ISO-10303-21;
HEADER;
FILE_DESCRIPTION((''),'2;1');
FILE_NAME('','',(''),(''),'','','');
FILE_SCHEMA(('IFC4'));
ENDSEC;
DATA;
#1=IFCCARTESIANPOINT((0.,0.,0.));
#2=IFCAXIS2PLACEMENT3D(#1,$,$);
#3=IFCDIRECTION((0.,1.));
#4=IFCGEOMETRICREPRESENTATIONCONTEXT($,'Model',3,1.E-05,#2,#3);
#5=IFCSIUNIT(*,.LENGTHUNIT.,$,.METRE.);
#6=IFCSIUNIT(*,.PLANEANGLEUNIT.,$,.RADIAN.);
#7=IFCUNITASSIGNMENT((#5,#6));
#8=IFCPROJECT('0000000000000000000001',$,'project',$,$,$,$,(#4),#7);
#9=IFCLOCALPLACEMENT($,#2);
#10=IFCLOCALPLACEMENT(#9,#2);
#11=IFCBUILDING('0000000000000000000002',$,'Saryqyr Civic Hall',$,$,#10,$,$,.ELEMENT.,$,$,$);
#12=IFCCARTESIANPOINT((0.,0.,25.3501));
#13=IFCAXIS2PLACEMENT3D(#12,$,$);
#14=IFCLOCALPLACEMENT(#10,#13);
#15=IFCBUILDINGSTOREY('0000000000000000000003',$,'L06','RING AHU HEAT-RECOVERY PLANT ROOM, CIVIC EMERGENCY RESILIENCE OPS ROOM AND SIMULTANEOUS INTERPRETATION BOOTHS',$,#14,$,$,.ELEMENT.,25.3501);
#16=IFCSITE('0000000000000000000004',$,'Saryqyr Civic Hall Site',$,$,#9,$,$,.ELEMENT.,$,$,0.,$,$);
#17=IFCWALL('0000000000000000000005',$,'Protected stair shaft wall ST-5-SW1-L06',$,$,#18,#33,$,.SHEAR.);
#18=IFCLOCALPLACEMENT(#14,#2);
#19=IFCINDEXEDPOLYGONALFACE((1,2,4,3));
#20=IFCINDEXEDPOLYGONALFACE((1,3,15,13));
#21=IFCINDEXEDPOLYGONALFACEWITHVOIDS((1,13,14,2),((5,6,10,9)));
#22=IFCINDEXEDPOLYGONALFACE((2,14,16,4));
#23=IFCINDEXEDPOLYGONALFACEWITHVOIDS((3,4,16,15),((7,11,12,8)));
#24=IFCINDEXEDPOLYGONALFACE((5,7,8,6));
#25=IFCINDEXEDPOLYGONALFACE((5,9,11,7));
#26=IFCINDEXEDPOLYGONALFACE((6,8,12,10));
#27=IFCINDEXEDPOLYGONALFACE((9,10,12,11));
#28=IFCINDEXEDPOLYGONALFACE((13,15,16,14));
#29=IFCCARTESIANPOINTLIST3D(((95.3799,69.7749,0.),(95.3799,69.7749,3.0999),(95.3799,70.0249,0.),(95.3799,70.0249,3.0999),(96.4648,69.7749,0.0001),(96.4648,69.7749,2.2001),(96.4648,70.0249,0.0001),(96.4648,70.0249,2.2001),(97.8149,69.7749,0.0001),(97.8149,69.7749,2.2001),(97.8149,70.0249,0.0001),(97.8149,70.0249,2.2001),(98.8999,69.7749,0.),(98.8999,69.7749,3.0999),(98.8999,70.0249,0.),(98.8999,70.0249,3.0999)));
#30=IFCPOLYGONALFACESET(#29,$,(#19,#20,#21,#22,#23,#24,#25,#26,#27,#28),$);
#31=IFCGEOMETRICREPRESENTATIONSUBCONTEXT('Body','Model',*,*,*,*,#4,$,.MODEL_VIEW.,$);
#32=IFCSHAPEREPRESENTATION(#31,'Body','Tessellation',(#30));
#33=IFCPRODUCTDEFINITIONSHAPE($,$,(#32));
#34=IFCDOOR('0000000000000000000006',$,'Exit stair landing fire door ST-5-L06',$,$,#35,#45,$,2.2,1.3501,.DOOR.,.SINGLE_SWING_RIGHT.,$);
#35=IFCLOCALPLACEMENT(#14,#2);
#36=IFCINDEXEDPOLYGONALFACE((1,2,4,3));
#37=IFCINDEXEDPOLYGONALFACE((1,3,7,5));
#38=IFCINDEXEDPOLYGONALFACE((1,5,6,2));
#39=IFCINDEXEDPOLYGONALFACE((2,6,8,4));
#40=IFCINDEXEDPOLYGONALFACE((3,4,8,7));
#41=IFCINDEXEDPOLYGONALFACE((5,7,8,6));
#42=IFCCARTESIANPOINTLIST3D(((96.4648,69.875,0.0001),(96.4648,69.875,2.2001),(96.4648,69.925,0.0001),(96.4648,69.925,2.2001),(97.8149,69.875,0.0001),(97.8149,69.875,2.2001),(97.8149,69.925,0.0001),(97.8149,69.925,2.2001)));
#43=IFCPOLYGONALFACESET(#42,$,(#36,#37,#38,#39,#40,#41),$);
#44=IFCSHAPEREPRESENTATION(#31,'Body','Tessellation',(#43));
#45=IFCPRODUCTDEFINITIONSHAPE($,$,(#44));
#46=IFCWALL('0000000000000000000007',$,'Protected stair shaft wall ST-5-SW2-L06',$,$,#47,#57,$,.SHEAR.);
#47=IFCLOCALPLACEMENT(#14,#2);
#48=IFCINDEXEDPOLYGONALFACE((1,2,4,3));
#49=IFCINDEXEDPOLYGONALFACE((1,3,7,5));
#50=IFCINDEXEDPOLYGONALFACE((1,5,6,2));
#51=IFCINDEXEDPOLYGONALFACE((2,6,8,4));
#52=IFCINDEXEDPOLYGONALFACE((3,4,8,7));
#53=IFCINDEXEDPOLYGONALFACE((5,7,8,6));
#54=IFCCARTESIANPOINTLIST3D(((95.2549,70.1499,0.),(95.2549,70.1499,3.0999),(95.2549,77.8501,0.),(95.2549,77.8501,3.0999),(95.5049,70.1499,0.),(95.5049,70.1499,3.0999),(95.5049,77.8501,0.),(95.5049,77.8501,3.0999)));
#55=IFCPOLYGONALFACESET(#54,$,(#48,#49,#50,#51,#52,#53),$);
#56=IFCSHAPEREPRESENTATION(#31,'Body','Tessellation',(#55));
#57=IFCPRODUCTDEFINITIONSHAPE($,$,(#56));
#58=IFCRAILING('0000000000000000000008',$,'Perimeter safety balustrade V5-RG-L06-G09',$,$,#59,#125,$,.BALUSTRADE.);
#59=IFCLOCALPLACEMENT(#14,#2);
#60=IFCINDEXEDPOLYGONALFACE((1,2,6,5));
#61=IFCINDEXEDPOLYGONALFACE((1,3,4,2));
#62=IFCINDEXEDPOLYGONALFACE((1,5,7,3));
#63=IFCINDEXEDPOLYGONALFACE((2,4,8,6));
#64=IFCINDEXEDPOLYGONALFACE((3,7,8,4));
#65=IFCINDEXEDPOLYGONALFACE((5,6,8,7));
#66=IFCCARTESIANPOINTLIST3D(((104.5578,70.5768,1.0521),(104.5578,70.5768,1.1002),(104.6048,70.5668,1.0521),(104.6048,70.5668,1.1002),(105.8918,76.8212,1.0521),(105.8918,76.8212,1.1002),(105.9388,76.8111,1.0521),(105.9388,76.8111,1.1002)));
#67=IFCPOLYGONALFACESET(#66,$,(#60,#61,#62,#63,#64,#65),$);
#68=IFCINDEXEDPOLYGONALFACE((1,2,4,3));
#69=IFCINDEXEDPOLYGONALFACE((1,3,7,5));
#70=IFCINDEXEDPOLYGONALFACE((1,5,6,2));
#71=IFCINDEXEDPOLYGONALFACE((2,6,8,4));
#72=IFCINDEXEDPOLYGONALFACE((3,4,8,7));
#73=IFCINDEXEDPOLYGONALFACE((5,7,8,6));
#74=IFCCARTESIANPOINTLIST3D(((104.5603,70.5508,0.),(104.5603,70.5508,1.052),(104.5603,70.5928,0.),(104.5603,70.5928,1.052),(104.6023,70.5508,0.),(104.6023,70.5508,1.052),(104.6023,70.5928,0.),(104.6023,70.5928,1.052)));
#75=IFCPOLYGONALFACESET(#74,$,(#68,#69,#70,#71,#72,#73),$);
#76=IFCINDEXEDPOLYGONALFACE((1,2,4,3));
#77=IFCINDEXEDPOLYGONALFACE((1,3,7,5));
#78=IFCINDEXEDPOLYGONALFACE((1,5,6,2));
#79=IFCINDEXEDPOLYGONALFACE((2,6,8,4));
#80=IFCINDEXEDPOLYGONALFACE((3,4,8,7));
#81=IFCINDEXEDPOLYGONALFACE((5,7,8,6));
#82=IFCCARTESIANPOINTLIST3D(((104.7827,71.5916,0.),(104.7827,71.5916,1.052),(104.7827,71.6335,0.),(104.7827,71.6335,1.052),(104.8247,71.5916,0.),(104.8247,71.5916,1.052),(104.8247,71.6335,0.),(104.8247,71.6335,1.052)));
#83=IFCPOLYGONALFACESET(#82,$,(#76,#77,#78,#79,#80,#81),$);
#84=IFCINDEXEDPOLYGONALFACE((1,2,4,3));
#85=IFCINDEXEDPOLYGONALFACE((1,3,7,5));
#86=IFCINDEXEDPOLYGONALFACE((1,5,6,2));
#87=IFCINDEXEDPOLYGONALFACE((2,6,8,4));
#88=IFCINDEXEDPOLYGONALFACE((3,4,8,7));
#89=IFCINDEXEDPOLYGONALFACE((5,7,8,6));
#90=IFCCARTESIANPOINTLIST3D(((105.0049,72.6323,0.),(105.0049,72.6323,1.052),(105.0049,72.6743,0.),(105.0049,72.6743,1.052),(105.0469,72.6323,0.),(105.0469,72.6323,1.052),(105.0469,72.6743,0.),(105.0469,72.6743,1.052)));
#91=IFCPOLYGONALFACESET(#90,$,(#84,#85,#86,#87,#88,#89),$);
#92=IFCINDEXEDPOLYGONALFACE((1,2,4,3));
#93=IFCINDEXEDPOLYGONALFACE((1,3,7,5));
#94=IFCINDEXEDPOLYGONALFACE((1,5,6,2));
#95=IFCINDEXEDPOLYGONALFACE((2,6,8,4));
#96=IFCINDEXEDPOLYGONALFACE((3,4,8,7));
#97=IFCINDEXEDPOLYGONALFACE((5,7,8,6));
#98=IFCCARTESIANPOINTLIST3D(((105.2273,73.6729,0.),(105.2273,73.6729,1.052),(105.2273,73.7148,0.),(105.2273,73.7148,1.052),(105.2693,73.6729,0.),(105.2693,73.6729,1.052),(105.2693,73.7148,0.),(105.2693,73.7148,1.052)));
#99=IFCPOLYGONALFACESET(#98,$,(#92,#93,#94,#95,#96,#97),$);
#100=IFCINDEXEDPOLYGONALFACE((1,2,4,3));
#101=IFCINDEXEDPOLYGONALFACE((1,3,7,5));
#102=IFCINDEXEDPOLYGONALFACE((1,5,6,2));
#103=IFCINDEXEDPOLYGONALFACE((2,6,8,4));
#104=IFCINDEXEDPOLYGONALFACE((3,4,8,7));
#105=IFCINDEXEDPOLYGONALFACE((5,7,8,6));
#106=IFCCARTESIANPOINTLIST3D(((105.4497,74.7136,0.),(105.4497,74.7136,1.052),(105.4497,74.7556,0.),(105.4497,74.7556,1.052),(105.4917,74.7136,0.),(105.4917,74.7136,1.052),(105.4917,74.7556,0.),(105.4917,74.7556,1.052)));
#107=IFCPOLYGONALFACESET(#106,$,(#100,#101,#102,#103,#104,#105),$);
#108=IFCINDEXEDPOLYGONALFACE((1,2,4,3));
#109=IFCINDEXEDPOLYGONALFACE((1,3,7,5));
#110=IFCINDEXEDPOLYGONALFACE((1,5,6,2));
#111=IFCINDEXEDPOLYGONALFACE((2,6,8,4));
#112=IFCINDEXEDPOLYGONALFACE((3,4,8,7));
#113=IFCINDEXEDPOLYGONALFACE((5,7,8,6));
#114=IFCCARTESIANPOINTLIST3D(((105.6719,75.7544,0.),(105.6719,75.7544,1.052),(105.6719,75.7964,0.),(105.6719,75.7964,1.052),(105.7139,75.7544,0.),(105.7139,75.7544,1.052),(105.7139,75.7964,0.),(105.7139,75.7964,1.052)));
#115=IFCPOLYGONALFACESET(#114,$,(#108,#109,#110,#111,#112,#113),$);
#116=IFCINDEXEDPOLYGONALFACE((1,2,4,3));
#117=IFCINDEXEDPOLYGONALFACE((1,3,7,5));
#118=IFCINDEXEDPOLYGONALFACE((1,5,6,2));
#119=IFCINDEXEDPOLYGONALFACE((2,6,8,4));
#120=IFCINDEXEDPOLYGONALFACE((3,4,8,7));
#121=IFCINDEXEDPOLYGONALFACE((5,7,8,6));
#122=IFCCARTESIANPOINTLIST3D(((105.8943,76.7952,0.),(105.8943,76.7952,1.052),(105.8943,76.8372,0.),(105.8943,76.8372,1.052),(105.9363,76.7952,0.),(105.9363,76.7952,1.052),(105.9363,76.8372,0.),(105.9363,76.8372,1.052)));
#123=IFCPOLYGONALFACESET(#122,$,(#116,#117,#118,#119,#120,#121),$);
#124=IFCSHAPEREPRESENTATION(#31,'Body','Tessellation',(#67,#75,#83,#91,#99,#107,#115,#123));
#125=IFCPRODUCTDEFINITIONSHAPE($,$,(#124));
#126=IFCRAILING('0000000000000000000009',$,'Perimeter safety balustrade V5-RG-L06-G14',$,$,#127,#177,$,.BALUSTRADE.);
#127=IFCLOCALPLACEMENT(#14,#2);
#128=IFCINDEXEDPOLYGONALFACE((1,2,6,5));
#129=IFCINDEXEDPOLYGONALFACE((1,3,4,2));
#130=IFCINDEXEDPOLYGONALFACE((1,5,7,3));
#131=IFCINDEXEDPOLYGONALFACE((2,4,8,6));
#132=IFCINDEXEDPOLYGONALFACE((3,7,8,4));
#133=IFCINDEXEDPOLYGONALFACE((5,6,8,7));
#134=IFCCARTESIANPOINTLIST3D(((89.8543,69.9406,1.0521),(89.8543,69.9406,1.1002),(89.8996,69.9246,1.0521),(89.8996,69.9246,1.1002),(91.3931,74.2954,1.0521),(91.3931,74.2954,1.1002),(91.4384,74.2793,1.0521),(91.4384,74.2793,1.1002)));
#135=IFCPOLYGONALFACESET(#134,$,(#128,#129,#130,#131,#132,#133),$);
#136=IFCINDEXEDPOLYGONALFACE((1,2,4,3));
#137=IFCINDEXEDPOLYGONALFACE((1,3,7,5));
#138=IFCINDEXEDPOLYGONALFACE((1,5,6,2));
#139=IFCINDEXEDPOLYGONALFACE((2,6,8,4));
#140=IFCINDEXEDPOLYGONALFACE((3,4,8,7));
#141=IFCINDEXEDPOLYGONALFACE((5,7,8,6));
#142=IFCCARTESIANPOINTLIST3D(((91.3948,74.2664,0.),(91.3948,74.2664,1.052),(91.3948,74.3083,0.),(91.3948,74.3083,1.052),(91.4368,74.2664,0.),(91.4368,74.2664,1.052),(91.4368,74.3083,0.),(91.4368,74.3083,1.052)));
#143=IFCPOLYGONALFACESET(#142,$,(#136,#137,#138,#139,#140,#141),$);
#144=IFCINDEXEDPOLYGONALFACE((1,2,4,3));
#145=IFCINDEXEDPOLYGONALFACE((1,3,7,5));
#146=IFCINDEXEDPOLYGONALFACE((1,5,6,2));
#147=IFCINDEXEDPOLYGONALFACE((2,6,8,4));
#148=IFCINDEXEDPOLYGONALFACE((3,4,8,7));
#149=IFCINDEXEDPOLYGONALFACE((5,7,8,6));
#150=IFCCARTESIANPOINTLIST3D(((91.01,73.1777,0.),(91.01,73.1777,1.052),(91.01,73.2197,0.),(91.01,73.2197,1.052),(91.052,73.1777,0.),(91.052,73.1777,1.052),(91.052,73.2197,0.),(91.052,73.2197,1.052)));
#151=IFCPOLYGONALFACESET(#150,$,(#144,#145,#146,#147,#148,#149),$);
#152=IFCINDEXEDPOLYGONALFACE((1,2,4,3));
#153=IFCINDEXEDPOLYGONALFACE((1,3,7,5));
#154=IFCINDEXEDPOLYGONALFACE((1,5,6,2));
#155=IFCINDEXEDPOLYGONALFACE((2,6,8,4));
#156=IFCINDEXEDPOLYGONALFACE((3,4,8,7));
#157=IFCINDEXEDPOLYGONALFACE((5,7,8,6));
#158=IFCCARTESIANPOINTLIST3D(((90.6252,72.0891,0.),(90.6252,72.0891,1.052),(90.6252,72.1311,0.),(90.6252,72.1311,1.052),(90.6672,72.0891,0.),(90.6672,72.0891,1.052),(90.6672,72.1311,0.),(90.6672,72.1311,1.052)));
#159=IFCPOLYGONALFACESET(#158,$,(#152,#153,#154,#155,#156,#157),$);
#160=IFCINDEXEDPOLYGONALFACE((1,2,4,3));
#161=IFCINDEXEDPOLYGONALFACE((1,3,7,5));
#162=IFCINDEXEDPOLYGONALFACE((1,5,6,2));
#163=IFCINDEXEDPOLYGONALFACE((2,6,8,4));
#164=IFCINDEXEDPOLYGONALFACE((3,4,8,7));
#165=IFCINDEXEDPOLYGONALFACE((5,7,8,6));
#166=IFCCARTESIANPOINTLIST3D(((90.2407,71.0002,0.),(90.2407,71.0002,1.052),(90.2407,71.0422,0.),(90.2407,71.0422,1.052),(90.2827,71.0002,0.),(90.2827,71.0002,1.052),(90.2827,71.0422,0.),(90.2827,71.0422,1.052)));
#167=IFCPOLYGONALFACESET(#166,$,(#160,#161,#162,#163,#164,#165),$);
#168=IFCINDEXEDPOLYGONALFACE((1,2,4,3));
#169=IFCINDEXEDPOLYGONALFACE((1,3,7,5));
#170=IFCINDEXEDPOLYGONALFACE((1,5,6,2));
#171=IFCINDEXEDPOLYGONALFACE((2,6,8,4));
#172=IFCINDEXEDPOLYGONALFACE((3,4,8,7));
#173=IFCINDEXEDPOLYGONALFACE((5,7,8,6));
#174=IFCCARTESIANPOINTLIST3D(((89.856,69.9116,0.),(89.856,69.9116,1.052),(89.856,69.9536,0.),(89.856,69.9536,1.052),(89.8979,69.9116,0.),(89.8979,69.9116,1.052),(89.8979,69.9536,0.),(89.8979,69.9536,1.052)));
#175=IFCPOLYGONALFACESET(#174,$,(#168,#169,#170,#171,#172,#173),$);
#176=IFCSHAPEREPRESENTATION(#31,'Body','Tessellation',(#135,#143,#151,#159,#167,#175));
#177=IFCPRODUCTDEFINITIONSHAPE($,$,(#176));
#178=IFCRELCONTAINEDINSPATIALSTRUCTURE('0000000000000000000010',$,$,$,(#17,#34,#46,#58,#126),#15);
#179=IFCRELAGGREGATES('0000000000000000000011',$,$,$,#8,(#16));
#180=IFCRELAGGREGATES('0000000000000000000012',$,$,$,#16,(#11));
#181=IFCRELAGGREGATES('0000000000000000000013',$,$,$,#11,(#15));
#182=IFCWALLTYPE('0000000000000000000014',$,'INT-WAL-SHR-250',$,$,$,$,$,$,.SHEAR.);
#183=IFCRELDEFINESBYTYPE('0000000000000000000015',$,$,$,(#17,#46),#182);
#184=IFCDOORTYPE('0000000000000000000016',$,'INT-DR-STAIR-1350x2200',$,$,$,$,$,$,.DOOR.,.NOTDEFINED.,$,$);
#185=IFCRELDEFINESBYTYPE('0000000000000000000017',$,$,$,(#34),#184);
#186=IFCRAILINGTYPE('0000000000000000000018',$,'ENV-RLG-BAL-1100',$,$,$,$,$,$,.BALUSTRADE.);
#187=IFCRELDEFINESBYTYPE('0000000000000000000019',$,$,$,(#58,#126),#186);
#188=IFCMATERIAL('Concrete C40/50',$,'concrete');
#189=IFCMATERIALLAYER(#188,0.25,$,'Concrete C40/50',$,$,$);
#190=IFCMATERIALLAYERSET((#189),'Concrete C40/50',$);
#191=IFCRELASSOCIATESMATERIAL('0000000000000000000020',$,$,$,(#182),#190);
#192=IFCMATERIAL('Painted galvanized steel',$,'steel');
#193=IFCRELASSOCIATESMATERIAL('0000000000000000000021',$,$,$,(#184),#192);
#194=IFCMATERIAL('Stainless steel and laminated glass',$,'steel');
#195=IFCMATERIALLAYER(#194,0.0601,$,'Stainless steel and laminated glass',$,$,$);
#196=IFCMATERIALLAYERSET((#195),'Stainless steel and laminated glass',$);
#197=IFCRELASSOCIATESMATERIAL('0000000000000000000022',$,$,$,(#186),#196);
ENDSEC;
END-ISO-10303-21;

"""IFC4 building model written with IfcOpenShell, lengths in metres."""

from ifc_helpers import new_model, si_unit, direction, frame, frame_2d, origin, origin_2d, place, context, subcontext, project, spatial, rectangle, extrude, material, layer, layer_set, type_object, element, fill, save


model = new_model("IFC4")

# Units and contexts
model_context = context("Model", 3, precision=1e-05, world=origin(), true_north=direction((0.0, 1.0)))
body_context = subcontext(model_context, "Body", "Model", "MODEL_VIEW")
ifc_project = project(units=[si_unit("LENGTHUNIT", "METRE"), si_unit("PLANEANGLEUNIT", "RADIAN")], contexts=[model_context])

# Site, building, storey
site_placement = place(None, origin())
site = spatial("IfcSite", under=ifc_project, at=site_placement, Name="Saryqyr Civic Hall Site", CompositionType="ELEMENT", RefElevation=0.0)
building_placement = place(site_placement, origin())
building = spatial("IfcBuilding", under=site, at=building_placement, Name="Saryqyr Civic Hall", CompositionType="ELEMENT")
storey_placement = place(building_placement, frame((0.0, 0.0, 25.3501)))
storey = spatial("IfcBuildingStorey", under=building, at=storey_placement, Name="L06", Description="RING AHU HEAT-RECOVERY PLANT ROOM, CIVIC EMERGENCY RESILIENCE OPS ROOM AND SIMULTANEOUS INTERPRETATION BOOTHS", CompositionType="ELEMENT", Elevation=25.3501)

# Shared definitions
ifc_material_1 = material(Name="Concrete C40/50", Category="concrete")

# Wall, opening, door
ifc_layer_1 = layer(ifc_material_1, 0.25, Name="Concrete C40/50")
ifc_layer_set_1 = layer_set([ifc_layer_1], Name="Concrete C40/50")
wall_type_1 = type_object("IfcWallType", Name="INT-WAL-SHR-250", PredefinedType="SHEAR", material=ifc_layer_set_1)
wall_1_placement = place(storey_placement, frame((98.8999, 69.8999, 0.0), z_axis=(0.0, 0.0, 1.0), x_axis=(-1.0, 0.0, 0.0)))
wall_1 = element("IfcWall", 1, at=wall_1_placement, inside=storey, type_object=wall_type_1, Name="Protected stair shaft wall ST-5-SW1-L06", PredefinedType="SHEAR", context=body_context, shape_type="SweptSolid", body=[
    extrude(rectangle(XDim=3.52, YDim=0.25, at=frame_2d((1.76, 0.0))), origin(), (0.0, 0.0, 1.0), 3.0999),
])
opening_1_placement = place(wall_1_placement, frame((1.085, 0.0, 0.0)))
opening_1 = element("IfcOpeningElement", 2, at=opening_1_placement, cuts=wall_1, PredefinedType="OPENING", context=body_context, shape_type="SweptSolid", body=[
    extrude(rectangle(XDim=1.3501, YDim=2.2, at=frame_2d((0.675, 1.1001))), frame((0.0, 0.135, 0.0), z_axis=(0.0, -1.0, 0.0), x_axis=(1.0, 0.0, 0.0)), (0.0, 0.0, 1.0), 0.27),
])
ifc_material_2 = material(Name="Painted galvanized steel", Category="steel")
door_type = type_object("IfcDoorType", Name="INT-DR-STAIR-1350x2200", OperationType="NOTDEFINED", PredefinedType="DOOR", material=ifc_material_2)
door_placement = place(opening_1_placement, origin())
door = element("IfcDoor", 3, at=door_placement, inside=storey, type_object=door_type, Name="Exit stair landing fire door ST-5-L06", OperationType="SINGLE_SWING_RIGHT", OverallHeight=2.2, OverallWidth=1.3501, PredefinedType="DOOR", context=body_context, shape_type="SweptSolid", body=[
    extrude(rectangle(XDim=1.3501, YDim=2.2, at=frame_2d((0.675, 1.1001))), frame((0.0, 0.0249, 0.0), z_axis=(0.0, -1.0, 0.0), x_axis=(1.0, 0.0, 0.0)), (0.0, 0.0, 1.0), 0.05),
])
fill(opening_1, door)

# Wall
wall_2_placement = place(storey_placement, frame((95.3799, 70.1499, 0.0), z_axis=(0.0, 0.0, 1.0), x_axis=(0.0, 1.0, 0.0)))
element("IfcWall", 4, at=wall_2_placement, inside=storey, type_object=wall_type_1, Name="Protected stair shaft wall ST-5-SW2-L06", PredefinedType="SHEAR", context=body_context, shape_type="SweptSolid", body=[
    extrude(rectangle(XDim=7.7002, YDim=0.25, at=frame_2d((3.8501, 0.0))), origin(), (0.0, 0.0, 1.0), 3.0999),
])

# Railings
ifc_material_3 = material(Name="Stainless steel and laminated glass", Category="steel")
ifc_layer_2 = layer(ifc_material_3, 0.0601, Name="Stainless steel and laminated glass")
ifc_layer_set_2 = layer_set([ifc_layer_2], Name="Stainless steel and laminated glass")
railing_type_1 = type_object("IfcRailingType", Name="ENV-RLG-BAL-1100", PredefinedType="BALUSTRADE", material=ifc_layer_set_2)
railing_1_placement = place(storey_placement, frame((104.5813, 70.5718, 0.0)))
element("IfcRailing", 5, at=railing_1_placement, inside=storey, type_object=railing_type_1, Name="Perimeter safety balustrade V5-RG-L06-G09", PredefinedType="BALUSTRADE", context=body_context, shape_type="SweptSolid", body=[
    extrude(rectangle(XDim=0.0481, YDim=0.0481, at=origin_2d()), frame((0.0, 0.0, 1.0762), z_axis=(0.208915, 0.977934, 0.0), x_axis=(-0.977934, 0.208915, 0.0)), (0.0, 0.0, 1.0), 6.3853),
    extrude(rectangle(XDim=0.042, YDim=0.042, at=origin_2d()), origin(), (0.0, 0.0, 1.0), 1.052),
    extrude(rectangle(XDim=0.042, YDim=0.042, at=origin_2d()), frame((0.2224, 1.0408, 0.0)), (0.0, 0.0, 1.0), 1.052),
    extrude(rectangle(XDim=0.042, YDim=0.042, at=origin_2d()), frame((0.4446, 2.0815, 0.0)), (0.0, 0.0, 1.0), 1.052),
    extrude(rectangle(XDim=0.042, YDim=0.042, at=origin_2d()), frame((0.667, 3.1221, 0.0)), (0.0, 0.0, 1.0), 1.052),
    extrude(rectangle(XDim=0.042, YDim=0.042, at=origin_2d()), frame((0.8894, 4.1628, 0.0)), (0.0, 0.0, 1.0), 1.052),
    extrude(rectangle(XDim=0.042, YDim=0.042, at=origin_2d()), frame((1.1116, 5.2036, 0.0)), (0.0, 0.0, 1.0), 1.052),
    extrude(rectangle(XDim=0.042, YDim=0.042, at=origin_2d()), frame((1.334, 6.2444, 0.0)), (0.0, 0.0, 1.0), 1.052),
])
railing_2_placement = place(storey_placement, frame((91.4158, 74.2874, 0.0)))
element("IfcRailing", 6, at=railing_2_placement, inside=storey, type_object=railing_type_1, Name="Perimeter safety balustrade V5-RG-L06-G14", PredefinedType="BALUSTRADE", context=body_context, shape_type="SweptSolid", body=[
    extrude(rectangle(XDim=0.0481, YDim=0.0481, at=origin_2d()), frame((0.0, 0.0, 1.0762), z_axis=(-0.333177, -0.942864, 0.0), x_axis=(0.942864, -0.333177, 0.0)), (0.0, 0.0, 1.0), 4.6187),
    extrude(rectangle(XDim=0.042, YDim=0.042, at=origin_2d()), origin(), (0.0, 0.0, 1.0), 1.052),
    extrude(rectangle(XDim=0.042, YDim=0.042, at=origin_2d()), frame((-0.3848, -1.0886, 0.0)), (0.0, 0.0, 1.0), 1.052),
    extrude(rectangle(XDim=0.042, YDim=0.042, at=origin_2d()), frame((-0.7695, -2.1772, 0.0)), (0.0, 0.0, 1.0), 1.052),
    extrude(rectangle(XDim=0.042, YDim=0.042, at=origin_2d()), frame((-1.1541, -3.2661, 0.0)), (0.0, 0.0, 1.0), 1.052),
    extrude(rectangle(XDim=0.042, YDim=0.042, at=origin_2d()), frame((-1.5388, -4.3547, 0.0)), (0.0, 0.0, 1.0), 1.052),
])

save(model, "model.ifc")
